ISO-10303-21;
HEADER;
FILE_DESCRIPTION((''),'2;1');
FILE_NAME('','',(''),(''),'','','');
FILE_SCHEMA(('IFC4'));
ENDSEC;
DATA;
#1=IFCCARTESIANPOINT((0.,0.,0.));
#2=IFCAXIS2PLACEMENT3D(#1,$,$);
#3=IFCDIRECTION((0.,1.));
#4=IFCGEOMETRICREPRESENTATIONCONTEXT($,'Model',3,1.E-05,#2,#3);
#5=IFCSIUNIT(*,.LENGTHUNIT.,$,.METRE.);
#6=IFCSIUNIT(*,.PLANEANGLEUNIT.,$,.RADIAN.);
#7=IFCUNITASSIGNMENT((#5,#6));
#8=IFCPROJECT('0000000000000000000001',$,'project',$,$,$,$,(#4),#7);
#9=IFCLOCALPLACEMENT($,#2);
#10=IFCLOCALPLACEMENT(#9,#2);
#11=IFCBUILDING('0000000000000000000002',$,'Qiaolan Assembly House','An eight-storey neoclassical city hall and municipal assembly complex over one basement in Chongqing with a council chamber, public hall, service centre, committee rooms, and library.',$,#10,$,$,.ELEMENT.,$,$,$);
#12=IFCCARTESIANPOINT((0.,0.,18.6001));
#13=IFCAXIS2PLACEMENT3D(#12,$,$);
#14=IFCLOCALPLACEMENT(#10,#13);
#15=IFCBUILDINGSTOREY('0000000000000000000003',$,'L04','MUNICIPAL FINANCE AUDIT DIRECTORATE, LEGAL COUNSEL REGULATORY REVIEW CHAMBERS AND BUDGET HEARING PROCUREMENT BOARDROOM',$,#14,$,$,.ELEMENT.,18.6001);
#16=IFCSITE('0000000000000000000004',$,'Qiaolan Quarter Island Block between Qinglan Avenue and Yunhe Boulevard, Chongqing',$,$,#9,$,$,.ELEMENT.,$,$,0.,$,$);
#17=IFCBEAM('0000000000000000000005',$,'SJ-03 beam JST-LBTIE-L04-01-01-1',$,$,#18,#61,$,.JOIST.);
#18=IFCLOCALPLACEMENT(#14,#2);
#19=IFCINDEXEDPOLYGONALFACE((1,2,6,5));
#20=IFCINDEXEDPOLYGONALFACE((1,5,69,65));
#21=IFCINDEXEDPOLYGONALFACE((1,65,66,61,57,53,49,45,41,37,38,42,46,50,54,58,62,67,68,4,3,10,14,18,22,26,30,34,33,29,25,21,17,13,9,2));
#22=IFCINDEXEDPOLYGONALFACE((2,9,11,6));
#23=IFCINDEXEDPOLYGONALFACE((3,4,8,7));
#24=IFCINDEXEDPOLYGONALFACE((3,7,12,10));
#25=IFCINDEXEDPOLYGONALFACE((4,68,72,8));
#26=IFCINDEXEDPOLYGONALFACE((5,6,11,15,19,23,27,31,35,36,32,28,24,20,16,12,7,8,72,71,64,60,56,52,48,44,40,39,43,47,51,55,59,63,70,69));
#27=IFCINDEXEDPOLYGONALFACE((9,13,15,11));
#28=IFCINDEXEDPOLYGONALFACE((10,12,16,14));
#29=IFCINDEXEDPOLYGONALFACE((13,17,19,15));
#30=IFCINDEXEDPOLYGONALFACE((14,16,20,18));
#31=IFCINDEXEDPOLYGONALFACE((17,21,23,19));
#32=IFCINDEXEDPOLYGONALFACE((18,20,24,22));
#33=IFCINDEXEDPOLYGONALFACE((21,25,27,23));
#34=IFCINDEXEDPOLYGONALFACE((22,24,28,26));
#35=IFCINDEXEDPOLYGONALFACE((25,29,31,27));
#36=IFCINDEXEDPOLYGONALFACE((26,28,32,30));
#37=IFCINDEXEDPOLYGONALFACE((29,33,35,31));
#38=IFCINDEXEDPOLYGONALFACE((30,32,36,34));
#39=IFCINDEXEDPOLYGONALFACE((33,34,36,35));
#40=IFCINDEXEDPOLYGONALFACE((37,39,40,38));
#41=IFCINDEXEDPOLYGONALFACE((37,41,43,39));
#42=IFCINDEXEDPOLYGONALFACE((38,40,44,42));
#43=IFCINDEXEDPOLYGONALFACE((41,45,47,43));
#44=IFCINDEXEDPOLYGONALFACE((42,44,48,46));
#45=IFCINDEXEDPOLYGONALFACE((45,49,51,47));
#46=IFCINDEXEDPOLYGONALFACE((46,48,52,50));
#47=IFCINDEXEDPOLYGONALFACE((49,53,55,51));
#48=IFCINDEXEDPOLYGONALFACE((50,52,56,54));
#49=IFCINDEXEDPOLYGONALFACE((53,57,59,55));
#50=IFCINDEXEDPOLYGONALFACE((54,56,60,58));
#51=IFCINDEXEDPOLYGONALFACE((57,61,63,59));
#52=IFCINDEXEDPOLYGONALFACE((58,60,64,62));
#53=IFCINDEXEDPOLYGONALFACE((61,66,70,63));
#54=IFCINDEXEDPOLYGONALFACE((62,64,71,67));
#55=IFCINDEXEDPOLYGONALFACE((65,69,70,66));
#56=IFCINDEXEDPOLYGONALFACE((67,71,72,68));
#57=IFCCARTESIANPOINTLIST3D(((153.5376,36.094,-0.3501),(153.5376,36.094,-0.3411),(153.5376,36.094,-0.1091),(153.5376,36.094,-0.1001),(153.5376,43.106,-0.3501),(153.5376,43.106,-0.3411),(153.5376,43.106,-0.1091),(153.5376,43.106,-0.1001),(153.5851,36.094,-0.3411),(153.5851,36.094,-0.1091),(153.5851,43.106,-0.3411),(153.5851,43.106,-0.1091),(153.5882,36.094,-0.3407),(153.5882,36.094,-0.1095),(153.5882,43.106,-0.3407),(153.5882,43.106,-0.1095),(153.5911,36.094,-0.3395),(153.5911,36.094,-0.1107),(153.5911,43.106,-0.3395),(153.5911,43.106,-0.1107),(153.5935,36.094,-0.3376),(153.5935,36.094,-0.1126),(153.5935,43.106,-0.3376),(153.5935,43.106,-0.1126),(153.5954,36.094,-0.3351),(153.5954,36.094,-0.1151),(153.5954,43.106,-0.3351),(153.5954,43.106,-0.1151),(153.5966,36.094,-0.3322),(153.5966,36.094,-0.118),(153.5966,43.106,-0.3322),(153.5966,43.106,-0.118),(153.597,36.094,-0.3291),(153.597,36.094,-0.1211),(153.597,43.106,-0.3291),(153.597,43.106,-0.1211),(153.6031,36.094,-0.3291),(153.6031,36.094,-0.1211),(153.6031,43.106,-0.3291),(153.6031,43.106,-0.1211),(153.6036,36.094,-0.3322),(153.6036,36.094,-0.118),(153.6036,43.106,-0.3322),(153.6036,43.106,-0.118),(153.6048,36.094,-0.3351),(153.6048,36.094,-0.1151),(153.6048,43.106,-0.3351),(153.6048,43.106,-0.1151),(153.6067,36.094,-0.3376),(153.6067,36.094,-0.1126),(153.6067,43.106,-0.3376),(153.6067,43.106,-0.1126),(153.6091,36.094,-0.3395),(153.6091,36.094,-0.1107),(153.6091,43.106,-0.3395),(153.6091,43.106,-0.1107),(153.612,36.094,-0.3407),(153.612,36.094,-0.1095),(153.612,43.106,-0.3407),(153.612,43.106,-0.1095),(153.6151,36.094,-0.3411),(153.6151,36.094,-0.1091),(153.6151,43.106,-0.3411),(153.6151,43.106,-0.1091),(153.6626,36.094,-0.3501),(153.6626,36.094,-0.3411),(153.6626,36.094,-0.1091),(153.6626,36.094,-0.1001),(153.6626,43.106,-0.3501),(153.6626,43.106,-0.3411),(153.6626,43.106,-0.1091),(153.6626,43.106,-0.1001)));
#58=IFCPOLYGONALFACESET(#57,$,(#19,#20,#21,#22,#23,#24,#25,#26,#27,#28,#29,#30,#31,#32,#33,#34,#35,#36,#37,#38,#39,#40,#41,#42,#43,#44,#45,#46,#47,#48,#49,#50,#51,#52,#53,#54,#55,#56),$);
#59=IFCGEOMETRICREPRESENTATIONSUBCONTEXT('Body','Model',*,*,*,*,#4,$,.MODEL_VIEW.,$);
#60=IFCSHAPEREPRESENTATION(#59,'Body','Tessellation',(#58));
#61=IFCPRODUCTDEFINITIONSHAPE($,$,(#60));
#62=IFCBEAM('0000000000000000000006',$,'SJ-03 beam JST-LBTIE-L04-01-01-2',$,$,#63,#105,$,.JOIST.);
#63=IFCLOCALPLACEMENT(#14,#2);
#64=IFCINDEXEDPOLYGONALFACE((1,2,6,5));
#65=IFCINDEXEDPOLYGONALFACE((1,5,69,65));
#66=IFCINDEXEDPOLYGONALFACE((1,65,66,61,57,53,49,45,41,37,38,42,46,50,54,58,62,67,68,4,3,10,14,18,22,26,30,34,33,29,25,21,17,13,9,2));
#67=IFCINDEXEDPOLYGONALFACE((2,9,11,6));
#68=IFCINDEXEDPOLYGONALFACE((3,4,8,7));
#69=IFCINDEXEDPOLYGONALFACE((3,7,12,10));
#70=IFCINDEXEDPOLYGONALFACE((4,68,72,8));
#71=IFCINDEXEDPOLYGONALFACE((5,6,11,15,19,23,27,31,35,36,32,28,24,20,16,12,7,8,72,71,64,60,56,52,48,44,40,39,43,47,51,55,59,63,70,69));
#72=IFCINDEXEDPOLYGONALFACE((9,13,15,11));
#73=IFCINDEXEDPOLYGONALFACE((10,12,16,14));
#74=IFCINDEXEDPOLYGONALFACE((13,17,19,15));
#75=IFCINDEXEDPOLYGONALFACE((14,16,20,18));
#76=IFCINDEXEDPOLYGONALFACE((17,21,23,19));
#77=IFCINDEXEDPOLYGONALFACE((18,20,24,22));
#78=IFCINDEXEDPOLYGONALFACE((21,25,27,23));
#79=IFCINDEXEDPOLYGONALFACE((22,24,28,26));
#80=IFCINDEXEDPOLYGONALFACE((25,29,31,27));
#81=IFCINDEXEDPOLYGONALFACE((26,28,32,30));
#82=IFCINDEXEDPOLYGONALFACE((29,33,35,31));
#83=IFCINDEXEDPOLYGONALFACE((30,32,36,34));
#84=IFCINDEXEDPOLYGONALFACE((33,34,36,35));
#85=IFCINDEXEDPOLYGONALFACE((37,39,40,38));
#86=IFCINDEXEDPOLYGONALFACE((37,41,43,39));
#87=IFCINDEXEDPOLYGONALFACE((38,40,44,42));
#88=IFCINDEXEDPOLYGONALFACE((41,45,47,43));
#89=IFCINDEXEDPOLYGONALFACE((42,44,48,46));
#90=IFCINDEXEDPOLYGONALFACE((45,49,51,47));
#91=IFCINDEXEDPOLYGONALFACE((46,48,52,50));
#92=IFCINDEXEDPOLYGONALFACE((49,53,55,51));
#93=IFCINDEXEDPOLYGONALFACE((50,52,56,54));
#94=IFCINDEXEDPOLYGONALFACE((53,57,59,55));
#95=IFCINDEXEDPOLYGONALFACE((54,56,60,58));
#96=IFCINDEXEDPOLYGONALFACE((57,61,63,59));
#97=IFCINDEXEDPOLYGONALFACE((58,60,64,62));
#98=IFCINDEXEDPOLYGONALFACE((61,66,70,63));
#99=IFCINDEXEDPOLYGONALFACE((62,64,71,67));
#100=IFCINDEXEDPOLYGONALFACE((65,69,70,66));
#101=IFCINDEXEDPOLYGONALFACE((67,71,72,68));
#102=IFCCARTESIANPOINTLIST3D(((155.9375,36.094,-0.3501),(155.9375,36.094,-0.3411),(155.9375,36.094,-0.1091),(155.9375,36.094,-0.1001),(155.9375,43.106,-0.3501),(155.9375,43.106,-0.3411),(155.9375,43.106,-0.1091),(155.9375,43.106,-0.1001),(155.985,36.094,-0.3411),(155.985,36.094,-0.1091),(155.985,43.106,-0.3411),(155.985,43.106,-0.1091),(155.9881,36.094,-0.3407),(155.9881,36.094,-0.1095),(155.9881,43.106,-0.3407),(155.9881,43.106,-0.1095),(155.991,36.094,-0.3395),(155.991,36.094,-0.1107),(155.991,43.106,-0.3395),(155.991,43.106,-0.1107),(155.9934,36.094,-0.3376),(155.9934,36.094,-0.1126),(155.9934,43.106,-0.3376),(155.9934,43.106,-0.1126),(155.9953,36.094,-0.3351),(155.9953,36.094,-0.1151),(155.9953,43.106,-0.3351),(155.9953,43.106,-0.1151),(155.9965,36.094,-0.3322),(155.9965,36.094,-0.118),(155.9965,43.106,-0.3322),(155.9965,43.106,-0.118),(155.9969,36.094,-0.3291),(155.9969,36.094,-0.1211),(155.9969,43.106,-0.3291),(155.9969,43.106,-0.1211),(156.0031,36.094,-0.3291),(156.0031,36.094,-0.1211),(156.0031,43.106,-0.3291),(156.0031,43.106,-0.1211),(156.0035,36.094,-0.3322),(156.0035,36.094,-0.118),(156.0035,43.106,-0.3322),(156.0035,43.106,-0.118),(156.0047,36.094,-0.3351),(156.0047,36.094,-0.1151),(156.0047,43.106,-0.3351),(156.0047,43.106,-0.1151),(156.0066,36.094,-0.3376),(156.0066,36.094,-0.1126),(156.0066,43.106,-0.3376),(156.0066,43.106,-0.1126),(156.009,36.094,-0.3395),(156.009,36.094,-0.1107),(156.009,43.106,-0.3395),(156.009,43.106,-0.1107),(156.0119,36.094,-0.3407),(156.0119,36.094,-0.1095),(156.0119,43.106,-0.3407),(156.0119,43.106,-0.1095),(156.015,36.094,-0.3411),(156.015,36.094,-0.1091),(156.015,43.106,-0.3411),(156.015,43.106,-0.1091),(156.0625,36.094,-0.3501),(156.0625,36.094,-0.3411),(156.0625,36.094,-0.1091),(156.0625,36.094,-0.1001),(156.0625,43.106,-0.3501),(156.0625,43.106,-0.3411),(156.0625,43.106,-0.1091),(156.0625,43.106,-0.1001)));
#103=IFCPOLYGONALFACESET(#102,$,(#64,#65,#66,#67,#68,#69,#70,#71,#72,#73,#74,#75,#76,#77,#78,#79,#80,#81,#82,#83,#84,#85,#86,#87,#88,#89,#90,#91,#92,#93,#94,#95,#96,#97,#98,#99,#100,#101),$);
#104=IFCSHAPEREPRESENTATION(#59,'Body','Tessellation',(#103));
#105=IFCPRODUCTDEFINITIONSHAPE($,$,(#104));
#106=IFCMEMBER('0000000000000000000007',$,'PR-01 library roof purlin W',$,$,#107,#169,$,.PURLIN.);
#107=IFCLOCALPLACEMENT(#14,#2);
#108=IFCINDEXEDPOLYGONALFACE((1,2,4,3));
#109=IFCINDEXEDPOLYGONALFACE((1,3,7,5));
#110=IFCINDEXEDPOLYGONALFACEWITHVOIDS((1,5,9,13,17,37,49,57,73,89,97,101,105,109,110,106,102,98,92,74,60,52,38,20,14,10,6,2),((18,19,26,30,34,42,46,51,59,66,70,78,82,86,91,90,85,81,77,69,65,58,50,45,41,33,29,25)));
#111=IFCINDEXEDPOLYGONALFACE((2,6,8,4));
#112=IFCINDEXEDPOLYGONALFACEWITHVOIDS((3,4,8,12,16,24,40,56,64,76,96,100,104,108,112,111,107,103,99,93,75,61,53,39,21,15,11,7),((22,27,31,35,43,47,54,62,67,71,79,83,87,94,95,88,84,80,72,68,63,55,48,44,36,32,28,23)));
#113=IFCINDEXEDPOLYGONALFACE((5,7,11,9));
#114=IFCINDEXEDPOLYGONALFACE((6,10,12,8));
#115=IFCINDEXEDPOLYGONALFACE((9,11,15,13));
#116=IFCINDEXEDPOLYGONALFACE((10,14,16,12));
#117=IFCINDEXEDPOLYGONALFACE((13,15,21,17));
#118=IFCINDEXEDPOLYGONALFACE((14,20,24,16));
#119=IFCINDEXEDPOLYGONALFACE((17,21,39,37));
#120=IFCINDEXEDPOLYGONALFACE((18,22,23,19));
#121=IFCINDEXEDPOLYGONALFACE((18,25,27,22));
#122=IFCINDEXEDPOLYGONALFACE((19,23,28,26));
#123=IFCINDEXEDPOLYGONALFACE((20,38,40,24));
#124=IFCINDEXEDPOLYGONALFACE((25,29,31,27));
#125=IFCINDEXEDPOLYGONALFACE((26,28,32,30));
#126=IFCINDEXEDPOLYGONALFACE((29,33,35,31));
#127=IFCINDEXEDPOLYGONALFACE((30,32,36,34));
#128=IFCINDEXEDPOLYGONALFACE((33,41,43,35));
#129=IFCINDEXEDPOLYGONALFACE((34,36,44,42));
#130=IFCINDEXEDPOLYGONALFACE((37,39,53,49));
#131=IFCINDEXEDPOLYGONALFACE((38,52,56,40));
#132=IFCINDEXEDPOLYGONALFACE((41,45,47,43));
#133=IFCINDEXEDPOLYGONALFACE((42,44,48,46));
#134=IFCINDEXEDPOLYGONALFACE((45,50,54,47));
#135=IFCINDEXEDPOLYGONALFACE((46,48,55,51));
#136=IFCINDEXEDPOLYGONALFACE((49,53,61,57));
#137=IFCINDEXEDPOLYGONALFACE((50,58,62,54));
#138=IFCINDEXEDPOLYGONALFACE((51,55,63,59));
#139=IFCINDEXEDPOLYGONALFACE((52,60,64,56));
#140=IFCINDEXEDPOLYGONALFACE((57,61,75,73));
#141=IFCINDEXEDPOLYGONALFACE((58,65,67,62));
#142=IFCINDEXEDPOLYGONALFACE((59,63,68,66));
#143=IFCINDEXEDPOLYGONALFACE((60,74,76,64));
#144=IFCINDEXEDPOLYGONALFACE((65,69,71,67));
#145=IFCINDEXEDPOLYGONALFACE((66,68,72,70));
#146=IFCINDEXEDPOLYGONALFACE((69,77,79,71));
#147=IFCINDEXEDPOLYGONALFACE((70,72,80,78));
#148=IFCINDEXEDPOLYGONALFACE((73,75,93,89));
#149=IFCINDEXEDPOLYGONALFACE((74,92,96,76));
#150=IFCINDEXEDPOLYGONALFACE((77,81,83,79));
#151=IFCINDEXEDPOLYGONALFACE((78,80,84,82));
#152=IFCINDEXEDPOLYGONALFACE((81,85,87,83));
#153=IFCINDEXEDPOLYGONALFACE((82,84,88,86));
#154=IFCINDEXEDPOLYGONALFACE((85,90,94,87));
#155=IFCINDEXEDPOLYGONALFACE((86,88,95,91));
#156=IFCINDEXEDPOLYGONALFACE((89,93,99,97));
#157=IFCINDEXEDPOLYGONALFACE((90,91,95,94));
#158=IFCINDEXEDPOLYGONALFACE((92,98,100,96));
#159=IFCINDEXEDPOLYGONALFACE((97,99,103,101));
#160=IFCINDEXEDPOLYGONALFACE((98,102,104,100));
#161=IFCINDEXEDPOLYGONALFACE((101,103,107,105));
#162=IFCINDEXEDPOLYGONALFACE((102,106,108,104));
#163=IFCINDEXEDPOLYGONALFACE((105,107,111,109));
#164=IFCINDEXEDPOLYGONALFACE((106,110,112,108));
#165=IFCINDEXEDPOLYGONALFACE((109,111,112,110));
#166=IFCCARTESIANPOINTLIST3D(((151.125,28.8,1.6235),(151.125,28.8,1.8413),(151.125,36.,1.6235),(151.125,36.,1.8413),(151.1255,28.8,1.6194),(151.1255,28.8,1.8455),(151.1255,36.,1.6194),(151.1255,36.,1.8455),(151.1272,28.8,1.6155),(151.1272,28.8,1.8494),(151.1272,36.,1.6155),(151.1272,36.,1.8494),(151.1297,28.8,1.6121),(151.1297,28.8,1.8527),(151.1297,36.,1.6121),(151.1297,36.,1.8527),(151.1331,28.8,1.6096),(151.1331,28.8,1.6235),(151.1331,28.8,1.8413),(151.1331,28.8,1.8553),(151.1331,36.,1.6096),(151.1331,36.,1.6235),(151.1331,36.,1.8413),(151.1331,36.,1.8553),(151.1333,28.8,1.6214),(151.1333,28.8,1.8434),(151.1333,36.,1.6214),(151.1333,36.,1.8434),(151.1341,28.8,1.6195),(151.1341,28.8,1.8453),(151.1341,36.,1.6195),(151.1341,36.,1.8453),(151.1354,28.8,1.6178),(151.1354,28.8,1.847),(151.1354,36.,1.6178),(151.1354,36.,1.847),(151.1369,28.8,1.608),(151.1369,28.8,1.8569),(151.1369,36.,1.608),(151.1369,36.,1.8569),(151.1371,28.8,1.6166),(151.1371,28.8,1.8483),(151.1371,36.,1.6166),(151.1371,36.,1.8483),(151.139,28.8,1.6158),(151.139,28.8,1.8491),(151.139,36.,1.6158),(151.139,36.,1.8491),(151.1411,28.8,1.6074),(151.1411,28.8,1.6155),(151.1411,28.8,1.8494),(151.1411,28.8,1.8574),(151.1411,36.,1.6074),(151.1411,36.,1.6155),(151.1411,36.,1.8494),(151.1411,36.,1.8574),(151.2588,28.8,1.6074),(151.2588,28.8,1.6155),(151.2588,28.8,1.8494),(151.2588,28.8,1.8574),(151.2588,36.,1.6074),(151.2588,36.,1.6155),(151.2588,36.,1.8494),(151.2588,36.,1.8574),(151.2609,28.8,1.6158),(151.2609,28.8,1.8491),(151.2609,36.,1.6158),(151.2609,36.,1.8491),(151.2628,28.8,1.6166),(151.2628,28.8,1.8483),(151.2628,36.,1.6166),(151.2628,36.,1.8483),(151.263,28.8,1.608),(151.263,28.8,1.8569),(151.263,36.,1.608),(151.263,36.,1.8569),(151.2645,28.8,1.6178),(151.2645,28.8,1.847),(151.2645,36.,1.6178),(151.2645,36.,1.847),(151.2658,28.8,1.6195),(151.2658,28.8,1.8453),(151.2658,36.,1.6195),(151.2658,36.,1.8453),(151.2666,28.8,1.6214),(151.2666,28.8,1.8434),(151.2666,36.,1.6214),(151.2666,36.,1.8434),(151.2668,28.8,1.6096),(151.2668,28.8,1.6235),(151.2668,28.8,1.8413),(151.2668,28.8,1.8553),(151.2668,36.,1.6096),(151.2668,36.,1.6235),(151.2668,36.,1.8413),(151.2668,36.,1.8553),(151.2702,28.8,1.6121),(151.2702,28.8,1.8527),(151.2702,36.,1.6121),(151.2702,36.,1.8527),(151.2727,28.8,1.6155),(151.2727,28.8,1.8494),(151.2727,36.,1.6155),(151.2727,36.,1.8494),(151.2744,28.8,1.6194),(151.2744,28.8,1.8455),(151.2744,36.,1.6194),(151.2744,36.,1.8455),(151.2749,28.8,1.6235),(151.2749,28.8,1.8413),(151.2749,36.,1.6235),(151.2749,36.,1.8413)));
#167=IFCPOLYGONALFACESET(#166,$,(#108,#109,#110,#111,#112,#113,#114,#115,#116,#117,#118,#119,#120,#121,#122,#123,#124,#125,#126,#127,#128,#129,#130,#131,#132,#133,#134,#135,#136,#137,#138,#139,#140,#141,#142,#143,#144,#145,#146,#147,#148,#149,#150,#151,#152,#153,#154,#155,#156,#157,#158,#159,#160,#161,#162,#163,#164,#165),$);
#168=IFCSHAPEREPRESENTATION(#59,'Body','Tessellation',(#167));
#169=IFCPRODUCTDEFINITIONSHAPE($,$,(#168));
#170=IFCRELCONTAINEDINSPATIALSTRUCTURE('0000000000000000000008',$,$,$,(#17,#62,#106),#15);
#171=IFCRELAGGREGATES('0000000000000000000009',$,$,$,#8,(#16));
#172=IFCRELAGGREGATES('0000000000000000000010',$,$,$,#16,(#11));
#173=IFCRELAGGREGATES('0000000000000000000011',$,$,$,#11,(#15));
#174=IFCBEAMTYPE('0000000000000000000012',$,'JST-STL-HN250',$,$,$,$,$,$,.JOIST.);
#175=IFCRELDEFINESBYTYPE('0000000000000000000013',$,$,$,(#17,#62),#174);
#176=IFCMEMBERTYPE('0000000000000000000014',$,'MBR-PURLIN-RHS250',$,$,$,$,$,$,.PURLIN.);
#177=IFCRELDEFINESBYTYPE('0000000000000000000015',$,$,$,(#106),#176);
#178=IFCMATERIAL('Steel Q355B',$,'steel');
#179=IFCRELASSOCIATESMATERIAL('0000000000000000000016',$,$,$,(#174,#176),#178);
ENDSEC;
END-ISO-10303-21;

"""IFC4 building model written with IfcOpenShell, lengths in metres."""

from ifc_helpers import new_model, si_unit, direction, frame, origin, origin_2d, place, context, subcontext, project, spatial, hollow_rectangle, i_section, extrude, material, material_profile, profile_set, type_object, element, save


model = new_model("IFC4")

# Units and contexts
model_context = context("Model", 3, precision=1e-05, world=origin(), true_north=direction((0.0, 1.0)))
body_context = subcontext(model_context, "Body", "Model", "MODEL_VIEW")
ifc_project = project(units=[si_unit("LENGTHUNIT", "METRE"), si_unit("PLANEANGLEUNIT", "RADIAN")], contexts=[model_context])

# Site, building, storey
site_placement = place(None, origin())
site = spatial("IfcSite", under=ifc_project, at=site_placement, Name="Qiaolan Quarter Island Block between Qinglan Avenue and Yunhe Boulevard, Chongqing", CompositionType="ELEMENT", RefElevation=0.0)
building_placement = place(site_placement, origin())
building = spatial("IfcBuilding", under=site, at=building_placement, Name="Qiaolan Assembly House", Description="An eight-storey neoclassical city hall and municipal assembly complex over one basement in Chongqing with a council chamber, public hall, service centre, committee rooms, and library.", CompositionType="ELEMENT")
storey_placement = place(building_placement, frame((0.0, 0.0, 18.6001)))
storey = spatial("IfcBuildingStorey", under=building, at=storey_placement, Name="L04", Description="MUNICIPAL FINANCE AUDIT DIRECTORATE, LEGAL COUNSEL REGULATORY REVIEW CHAMBERS AND BUDGET HEARING PROCUREMENT BOARDROOM", CompositionType="ELEMENT", Elevation=18.6001)

# Shared definitions
ifc_material = material(Name="Steel Q355B", Category="steel")

# Beams
ifc_material_profile_1 = material_profile(ifc_material, i_section(OverallWidth=0.125, OverallDepth=0.25, WebThickness=0.0061, FlangeThickness=0.009, FilletRadius=0.012, at=origin_2d()), Name="HN 250x125x6x9")
ifc_profile_set_1 = profile_set([ifc_material_profile_1], Name="Steel Q355B")
beam_type_1 = type_object("IfcBeamType", Name="JST-STL-HN250", PredefinedType="JOIST", material=ifc_profile_set_1)
for number, where, z_axis, x_axis, name in (
    (1, (153.6001, 36.094, -0.2251), (0.0, 1.0, 0.0), (-1.0, 0.0, 0.0), "SJ-03 beam JST-LBTIE-L04-01-01-1"),
    (2, (156.0, 36.094, -0.2251), (0.0, 1.0, 0.0), (-1.0, 0.0, 0.0), "SJ-03 beam JST-LBTIE-L04-01-01-2"),
):
    element("IfcBeam", number, at=place(storey_placement, frame(where, z_axis=z_axis, x_axis=x_axis)), inside=storey, type_object=beam_type_1, Name=name, PredefinedType="JOIST", context=body_context, shape_type="SweptSolid", body=[
        extrude(i_section(OverallWidth=0.125, OverallDepth=0.25, WebThickness=0.0061, FlangeThickness=0.009, FilletRadius=0.012, at=origin_2d()), origin(), (0.0, 0.0, 1.0), 7.012),
    ])

# Member
ifc_material_profile_2 = material_profile(ifc_material, hollow_rectangle(XDim=0.1499, YDim=0.25, WallThickness=0.0081, InnerFilletRadius=0.0081, OuterFilletRadius=0.0161, at=origin_2d()), Name="RHS 250x150x8")
ifc_profile_set_2 = profile_set([ifc_material_profile_2], Name="Steel Q355B")
member_type = type_object("IfcMemberType", Name="MBR-PURLIN-RHS250", PredefinedType="PURLIN", material=ifc_profile_set_2)
for number, where, z_axis, x_axis, name in (
    (3, (151.2, 28.8, 1.7324), (0.0, 1.0, 0.0), (-1.0, 0.0, 0.0), "PR-01 library roof purlin W"),
):
    element("IfcMember", number, at=place(storey_placement, frame(where, z_axis=z_axis, x_axis=x_axis)), inside=storey, type_object=member_type, Name=name, PredefinedType="PURLIN", context=body_context, shape_type="SweptSolid", body=[
        extrude(hollow_rectangle(XDim=0.1499, YDim=0.25, WallThickness=0.0081, InnerFilletRadius=0.0081, OuterFilletRadius=0.0161, at=origin_2d()), origin(), (0.0, 0.0, 1.0), 7.2),
    ])

save(model, "model.ifc")
